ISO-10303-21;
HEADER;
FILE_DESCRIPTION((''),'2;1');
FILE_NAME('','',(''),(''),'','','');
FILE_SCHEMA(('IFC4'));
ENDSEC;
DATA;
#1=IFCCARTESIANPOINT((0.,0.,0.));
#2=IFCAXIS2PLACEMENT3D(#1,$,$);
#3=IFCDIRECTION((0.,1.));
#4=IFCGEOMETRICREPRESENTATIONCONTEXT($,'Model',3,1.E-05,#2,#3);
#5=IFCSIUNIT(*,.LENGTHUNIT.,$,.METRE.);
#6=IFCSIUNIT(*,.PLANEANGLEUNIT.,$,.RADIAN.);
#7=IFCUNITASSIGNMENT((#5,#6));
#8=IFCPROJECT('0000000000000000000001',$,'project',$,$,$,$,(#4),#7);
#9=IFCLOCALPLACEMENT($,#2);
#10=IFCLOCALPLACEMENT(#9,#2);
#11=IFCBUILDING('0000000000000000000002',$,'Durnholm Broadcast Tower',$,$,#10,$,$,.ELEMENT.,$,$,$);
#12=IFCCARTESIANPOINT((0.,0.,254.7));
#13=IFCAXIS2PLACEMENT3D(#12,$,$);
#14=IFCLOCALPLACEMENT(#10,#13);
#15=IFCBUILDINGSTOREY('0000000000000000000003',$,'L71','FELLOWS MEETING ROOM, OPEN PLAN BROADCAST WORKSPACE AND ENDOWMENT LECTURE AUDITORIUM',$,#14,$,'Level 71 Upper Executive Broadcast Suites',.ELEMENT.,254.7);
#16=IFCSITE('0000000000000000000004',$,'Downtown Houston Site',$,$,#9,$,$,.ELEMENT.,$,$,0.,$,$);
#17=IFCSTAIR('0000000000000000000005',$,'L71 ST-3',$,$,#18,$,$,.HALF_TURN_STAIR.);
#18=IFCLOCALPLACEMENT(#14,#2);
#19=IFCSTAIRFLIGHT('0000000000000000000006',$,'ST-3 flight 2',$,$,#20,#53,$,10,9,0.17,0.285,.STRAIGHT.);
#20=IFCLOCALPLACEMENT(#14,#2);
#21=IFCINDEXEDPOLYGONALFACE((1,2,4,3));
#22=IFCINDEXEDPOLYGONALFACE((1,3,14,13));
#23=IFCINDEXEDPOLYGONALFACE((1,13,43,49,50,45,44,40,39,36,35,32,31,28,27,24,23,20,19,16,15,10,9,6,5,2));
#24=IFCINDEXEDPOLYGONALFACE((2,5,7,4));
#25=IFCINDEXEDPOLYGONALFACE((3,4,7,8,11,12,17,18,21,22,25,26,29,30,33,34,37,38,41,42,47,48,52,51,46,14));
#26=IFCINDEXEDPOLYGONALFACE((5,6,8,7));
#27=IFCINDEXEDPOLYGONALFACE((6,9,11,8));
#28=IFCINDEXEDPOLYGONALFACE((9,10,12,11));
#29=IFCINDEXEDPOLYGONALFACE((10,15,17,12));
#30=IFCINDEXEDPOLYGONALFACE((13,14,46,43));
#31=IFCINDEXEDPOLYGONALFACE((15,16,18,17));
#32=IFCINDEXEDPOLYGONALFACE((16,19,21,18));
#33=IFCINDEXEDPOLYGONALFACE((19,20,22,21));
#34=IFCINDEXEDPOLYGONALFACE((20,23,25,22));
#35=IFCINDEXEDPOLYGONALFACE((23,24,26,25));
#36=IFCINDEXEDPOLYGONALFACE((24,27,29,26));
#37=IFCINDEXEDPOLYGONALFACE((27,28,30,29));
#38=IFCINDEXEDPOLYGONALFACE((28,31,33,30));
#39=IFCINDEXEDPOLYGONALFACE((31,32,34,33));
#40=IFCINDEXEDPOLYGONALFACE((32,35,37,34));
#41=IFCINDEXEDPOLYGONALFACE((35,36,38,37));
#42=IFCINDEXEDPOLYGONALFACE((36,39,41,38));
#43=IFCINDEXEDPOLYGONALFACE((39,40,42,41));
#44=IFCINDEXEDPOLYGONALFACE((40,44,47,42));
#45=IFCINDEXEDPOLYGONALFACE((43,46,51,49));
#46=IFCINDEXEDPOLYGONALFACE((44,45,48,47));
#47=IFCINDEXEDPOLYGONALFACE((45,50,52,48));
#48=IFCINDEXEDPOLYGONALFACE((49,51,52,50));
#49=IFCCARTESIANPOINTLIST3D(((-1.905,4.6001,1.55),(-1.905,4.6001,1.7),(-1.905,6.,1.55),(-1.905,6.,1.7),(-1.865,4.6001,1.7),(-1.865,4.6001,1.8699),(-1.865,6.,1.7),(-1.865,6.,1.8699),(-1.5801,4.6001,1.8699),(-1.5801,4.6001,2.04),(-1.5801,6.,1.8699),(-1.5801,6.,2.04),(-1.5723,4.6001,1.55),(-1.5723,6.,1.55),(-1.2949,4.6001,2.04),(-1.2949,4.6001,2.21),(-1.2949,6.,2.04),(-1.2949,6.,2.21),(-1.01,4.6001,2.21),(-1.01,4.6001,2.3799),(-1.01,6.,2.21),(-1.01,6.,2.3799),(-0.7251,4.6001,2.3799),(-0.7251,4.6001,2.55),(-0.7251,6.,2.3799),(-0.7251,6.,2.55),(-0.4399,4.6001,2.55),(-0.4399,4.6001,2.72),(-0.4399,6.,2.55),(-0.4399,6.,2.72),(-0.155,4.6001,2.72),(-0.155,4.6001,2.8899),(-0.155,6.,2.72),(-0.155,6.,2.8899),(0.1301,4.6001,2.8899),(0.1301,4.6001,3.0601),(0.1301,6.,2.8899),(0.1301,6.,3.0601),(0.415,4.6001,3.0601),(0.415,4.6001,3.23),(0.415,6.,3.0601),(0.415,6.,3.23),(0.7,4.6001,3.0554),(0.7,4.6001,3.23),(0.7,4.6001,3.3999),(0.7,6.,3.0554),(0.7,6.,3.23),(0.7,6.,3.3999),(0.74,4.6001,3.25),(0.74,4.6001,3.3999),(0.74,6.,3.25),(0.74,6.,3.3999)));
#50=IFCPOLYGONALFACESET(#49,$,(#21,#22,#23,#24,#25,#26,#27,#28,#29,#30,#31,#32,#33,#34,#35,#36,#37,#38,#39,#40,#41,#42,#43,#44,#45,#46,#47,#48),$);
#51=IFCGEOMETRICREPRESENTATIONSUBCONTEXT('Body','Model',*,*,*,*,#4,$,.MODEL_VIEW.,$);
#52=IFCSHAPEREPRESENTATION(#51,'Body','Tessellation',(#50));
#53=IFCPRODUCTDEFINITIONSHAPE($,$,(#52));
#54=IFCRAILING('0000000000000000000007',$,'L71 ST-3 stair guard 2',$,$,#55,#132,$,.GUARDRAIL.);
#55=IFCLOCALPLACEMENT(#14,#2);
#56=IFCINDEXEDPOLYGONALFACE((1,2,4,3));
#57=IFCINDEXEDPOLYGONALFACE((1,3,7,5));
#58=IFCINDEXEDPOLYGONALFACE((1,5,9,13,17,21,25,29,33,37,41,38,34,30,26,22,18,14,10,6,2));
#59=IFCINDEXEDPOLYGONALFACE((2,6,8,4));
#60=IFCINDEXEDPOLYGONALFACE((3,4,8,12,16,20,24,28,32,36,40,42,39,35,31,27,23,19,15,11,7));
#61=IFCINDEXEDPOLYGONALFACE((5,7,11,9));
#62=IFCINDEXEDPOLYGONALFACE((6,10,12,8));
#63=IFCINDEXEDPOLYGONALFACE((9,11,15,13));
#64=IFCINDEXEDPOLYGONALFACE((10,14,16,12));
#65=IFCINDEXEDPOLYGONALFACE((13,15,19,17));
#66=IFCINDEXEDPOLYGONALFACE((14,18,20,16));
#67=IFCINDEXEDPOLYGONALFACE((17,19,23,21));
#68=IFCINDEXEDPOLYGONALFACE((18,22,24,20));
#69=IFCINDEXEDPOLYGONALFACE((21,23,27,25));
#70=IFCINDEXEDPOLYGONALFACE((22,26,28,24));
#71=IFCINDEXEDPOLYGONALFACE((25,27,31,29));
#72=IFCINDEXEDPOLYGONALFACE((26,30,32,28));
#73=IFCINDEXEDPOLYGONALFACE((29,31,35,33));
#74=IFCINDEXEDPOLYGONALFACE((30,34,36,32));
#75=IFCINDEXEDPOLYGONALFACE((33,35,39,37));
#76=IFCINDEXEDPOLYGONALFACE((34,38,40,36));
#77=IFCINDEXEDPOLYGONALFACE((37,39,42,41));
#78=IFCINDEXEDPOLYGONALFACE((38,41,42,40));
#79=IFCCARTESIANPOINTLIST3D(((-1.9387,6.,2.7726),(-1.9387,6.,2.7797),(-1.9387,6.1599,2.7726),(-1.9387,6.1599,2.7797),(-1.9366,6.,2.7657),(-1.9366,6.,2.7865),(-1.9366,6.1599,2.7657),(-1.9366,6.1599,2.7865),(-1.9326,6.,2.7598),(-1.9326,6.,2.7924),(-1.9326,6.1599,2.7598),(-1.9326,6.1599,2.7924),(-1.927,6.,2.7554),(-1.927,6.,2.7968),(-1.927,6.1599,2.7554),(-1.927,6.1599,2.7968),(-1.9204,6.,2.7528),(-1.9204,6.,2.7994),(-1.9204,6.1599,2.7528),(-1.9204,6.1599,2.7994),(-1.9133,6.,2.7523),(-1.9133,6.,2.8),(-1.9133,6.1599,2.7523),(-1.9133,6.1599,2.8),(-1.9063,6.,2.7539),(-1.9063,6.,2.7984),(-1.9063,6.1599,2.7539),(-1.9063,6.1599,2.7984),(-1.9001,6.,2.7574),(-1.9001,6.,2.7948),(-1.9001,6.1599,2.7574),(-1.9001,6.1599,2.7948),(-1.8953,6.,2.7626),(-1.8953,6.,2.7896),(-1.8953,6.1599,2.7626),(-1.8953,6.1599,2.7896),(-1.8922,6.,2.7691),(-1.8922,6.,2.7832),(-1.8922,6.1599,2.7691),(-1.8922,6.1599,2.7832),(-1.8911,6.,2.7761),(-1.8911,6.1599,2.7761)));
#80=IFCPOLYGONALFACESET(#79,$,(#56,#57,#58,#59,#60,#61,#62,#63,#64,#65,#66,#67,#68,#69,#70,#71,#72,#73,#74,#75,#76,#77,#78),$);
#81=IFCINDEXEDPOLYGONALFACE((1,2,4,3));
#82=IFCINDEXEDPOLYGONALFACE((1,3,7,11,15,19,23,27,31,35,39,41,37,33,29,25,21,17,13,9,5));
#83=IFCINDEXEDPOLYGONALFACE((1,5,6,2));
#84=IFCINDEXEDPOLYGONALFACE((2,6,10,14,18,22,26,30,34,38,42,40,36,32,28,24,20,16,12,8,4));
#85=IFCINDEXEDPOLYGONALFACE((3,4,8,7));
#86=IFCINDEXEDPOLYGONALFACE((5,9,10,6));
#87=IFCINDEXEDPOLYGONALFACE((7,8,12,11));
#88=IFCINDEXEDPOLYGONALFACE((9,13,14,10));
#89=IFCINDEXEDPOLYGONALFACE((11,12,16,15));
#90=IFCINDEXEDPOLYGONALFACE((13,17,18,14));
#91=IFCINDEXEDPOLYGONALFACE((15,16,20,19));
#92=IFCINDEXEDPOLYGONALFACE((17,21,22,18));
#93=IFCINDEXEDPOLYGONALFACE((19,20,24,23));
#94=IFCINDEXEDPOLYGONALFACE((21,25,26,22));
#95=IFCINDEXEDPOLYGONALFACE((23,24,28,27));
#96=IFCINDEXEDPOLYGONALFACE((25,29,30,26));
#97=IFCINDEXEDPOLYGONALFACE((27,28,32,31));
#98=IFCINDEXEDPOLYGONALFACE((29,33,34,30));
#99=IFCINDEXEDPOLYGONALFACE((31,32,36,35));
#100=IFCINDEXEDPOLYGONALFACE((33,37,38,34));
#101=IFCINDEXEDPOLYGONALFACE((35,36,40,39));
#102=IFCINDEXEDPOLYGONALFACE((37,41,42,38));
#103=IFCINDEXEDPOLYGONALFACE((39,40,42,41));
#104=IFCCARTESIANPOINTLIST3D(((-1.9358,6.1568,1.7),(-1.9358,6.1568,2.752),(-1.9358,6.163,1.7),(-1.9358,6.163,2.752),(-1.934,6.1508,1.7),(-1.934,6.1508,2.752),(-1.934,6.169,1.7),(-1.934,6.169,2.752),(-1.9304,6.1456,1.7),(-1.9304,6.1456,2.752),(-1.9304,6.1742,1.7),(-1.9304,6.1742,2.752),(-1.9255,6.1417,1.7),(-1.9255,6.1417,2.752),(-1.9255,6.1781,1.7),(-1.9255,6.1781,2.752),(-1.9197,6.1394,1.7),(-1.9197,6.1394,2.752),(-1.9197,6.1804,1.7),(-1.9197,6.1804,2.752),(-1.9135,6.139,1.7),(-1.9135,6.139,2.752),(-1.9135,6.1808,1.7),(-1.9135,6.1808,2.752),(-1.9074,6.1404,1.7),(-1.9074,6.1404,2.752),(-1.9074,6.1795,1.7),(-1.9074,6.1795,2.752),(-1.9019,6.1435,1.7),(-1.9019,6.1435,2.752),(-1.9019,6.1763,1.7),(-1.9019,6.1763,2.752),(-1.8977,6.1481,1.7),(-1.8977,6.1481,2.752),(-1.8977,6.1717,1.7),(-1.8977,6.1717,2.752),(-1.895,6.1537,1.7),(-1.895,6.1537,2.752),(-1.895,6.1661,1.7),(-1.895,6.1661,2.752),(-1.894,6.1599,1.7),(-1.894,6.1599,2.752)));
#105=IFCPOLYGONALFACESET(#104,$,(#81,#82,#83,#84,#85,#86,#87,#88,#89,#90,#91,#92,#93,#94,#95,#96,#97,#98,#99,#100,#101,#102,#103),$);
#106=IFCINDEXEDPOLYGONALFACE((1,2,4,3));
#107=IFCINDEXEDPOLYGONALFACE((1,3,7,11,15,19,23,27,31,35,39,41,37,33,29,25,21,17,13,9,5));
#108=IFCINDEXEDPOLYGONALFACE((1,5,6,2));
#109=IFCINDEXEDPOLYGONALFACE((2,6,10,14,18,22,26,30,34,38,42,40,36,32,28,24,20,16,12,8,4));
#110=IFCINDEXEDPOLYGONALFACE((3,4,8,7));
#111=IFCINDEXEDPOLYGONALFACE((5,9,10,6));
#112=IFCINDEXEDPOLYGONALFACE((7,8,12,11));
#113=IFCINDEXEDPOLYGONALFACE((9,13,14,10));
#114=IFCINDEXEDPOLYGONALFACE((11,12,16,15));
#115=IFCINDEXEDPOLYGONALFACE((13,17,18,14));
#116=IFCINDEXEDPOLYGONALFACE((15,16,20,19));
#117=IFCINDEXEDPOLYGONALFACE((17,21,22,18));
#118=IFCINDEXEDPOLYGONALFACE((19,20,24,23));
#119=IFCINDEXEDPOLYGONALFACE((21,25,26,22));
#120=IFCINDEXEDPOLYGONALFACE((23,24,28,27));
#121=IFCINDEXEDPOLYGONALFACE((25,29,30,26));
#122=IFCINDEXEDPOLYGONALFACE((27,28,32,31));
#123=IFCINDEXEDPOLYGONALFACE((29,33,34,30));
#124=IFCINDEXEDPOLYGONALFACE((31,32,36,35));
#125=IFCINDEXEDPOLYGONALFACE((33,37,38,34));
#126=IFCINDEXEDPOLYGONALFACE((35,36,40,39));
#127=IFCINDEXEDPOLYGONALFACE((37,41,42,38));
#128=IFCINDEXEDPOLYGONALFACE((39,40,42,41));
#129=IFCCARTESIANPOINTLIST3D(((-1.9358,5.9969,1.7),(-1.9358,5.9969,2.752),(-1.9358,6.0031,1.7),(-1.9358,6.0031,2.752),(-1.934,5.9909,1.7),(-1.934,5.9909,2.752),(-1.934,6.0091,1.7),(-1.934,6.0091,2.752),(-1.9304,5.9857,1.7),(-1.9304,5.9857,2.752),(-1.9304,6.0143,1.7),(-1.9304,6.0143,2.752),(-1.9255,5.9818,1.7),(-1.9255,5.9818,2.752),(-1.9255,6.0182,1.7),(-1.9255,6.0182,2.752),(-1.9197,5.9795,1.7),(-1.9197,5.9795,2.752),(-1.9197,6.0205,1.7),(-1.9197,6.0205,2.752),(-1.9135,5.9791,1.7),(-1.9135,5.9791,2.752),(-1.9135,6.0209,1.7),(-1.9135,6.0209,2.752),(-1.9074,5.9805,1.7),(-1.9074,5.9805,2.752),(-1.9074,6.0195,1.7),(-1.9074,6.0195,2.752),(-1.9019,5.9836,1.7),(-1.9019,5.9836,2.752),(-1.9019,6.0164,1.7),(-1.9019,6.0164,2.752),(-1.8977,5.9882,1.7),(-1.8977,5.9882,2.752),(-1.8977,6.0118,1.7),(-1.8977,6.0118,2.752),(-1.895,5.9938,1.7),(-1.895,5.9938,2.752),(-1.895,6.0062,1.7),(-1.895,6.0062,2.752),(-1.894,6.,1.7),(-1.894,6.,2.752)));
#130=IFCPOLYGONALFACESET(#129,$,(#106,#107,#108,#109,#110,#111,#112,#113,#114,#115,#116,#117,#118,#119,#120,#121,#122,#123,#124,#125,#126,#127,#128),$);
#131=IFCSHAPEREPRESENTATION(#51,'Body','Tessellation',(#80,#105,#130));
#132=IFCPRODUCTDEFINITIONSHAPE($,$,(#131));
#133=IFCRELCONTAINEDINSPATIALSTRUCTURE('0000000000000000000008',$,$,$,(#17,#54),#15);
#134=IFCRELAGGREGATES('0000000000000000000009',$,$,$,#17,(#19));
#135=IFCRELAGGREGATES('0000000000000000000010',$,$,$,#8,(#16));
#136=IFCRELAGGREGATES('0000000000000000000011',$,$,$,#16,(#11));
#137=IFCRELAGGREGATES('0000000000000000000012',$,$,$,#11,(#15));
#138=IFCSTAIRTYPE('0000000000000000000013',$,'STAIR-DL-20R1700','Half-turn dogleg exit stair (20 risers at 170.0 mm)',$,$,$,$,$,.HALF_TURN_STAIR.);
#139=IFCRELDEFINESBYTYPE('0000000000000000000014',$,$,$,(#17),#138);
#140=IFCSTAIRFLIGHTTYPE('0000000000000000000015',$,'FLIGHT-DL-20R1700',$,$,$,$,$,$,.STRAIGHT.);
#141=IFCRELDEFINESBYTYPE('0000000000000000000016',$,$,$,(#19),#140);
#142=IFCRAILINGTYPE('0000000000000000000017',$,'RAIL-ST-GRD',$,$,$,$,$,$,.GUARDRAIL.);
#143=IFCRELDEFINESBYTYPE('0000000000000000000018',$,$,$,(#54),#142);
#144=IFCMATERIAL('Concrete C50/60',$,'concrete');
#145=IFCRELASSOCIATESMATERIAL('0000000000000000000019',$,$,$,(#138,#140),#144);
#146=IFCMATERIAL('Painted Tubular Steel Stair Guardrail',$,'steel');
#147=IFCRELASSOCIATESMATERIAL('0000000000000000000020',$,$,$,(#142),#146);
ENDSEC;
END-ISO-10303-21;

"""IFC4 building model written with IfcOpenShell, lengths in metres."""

from ifc_helpers import new_model, si_unit, direction, frame, origin, origin_2d, place, context, subcontext, project, spatial, polyline, circle, outline, extrude, material, type_object, element, aggregate, save


model = new_model("IFC4")

# Units and contexts
model_context = context("Model", 3, precision=1e-05, world=origin(), true_north=direction((0.0, 1.0)))
body_context = subcontext(model_context, "Body", "Model", "MODEL_VIEW")
ifc_project = project(units=[si_unit("LENGTHUNIT", "METRE"), si_unit("PLANEANGLEUNIT", "RADIAN")], contexts=[model_context])

# Site, building, storey
site_placement = place(None, origin())
site = spatial("IfcSite", under=ifc_project, at=site_placement, Name="Downtown Houston Site", CompositionType="ELEMENT", RefElevation=0.0)
building_placement = place(site_placement, origin())
building = spatial("IfcBuilding", under=site, at=building_placement, Name="Durnholm Broadcast Tower", CompositionType="ELEMENT")
storey_placement = place(building_placement, frame((0.0, 0.0, 254.7)))
storey = spatial("IfcBuildingStorey", under=building, at=storey_placement, Name="L71", Description="FELLOWS MEETING ROOM, OPEN PLAN BROADCAST WORKSPACE AND ENDOWMENT LECTURE AUDITORIUM", LongName="Level 71 Upper Executive Broadcast Suites", CompositionType="ELEMENT", Elevation=254.7)

# Shared definitions
ifc_material_1 = material(Name="Concrete C50/60", Category="concrete")

# Stair, stair flight
stair_type = type_object("IfcStairType", Name="STAIR-DL-20R1700", Description="Half-turn dogleg exit stair (20 risers at 170.0 mm)", PredefinedType="HALF_TURN_STAIR", material=ifc_material_1)
stair_placement = place(storey_placement, origin())
stair = element("IfcStair", 1, at=stair_placement, inside=storey, type_object=stair_type, Name="L71 ST-3", PredefinedType="HALF_TURN_STAIR")
stair_flight_type = type_object("IfcStairFlightType", Name="FLIGHT-DL-20R1700", PredefinedType="STRAIGHT", material=ifc_material_1)
stair_flight_placement = place(storey_placement, frame((-1.865, 5.3, 1.7), z_axis=(0.0, 0.0, 1.0), x_axis=(1.0, 0.0, 0.0)))
stair_flight = element("IfcStairFlight", 2, at=stair_flight_placement, type_object=stair_flight_type, Name="ST-3 flight 2", NumberOfRisers=10, NumberOfTreads=9, PredefinedType="STRAIGHT", RiserHeight=0.17, TreadLength=0.285, context=body_context, shape_type="SweptSolid", body=[
    extrude(outline(polyline([(-0.04, -0.1499), (-0.04, 0.0), (0.0, 0.0), (0.0, 0.1699), (0.2849, 0.1699), (0.2849, 0.3401), (0.5701, 0.3401), (0.5701, 0.51), (0.855, 0.51), (0.855, 0.6799), (1.1399, 0.6799), (1.1399, 0.8501), (1.425, 0.8501), (1.425, 1.02), (1.71, 1.02), (1.71, 1.1899), (1.9951, 1.1899), (1.9951, 1.3601), (2.28, 1.3601), (2.28, 1.53), (2.5649, 1.53), (2.5649, 1.7), (2.605, 1.7), (2.605, 1.55), (2.5649, 1.3555), (0.2927, -0.1499), (-0.04, -0.1499)])), frame((0.0, 0.7, 0.0), z_axis=(0.0, -1.0, 0.0), x_axis=(1.0, 0.0, 0.0)), (0.0, 0.0, 1.0), 1.3999),
])
aggregate(stair, [stair_flight])

# Railing
ifc_material_2 = material(Name="Painted Tubular Steel Stair Guardrail", Category="steel")
railing_type_1 = type_object("IfcRailingType", Name="RAIL-ST-GRD", PredefinedType="GUARDRAIL", material=ifc_material_2)
railing_1_placement = place(storey_placement, frame((-1.915, 6.1599, 1.7)))
element("IfcRailing", 3, at=railing_1_placement, inside=storey, type_object=railing_type_1, Name="L71 ST-3 stair guard 2", PredefinedType="GUARDRAIL", context=body_context, shape_type="SweptSolid", body=[
    extrude(circle(Radius=0.0239, at=origin_2d()), frame((0.0, 0.0, 1.0762), z_axis=(0.0, -1.0, 0.0), x_axis=(1.0, 0.0, 0.0)), (0.0, 0.0, 1.0), 0.1599),
    extrude(circle(Radius=0.021, at=origin_2d()), origin(), (0.0, 0.0, 1.0), 1.052),
    extrude(circle(Radius=0.021, at=origin_2d()), frame((0.0, -0.1599, 0.0)), (0.0, 0.0, 1.0), 1.052),
])

save(model, "model.ifc")
